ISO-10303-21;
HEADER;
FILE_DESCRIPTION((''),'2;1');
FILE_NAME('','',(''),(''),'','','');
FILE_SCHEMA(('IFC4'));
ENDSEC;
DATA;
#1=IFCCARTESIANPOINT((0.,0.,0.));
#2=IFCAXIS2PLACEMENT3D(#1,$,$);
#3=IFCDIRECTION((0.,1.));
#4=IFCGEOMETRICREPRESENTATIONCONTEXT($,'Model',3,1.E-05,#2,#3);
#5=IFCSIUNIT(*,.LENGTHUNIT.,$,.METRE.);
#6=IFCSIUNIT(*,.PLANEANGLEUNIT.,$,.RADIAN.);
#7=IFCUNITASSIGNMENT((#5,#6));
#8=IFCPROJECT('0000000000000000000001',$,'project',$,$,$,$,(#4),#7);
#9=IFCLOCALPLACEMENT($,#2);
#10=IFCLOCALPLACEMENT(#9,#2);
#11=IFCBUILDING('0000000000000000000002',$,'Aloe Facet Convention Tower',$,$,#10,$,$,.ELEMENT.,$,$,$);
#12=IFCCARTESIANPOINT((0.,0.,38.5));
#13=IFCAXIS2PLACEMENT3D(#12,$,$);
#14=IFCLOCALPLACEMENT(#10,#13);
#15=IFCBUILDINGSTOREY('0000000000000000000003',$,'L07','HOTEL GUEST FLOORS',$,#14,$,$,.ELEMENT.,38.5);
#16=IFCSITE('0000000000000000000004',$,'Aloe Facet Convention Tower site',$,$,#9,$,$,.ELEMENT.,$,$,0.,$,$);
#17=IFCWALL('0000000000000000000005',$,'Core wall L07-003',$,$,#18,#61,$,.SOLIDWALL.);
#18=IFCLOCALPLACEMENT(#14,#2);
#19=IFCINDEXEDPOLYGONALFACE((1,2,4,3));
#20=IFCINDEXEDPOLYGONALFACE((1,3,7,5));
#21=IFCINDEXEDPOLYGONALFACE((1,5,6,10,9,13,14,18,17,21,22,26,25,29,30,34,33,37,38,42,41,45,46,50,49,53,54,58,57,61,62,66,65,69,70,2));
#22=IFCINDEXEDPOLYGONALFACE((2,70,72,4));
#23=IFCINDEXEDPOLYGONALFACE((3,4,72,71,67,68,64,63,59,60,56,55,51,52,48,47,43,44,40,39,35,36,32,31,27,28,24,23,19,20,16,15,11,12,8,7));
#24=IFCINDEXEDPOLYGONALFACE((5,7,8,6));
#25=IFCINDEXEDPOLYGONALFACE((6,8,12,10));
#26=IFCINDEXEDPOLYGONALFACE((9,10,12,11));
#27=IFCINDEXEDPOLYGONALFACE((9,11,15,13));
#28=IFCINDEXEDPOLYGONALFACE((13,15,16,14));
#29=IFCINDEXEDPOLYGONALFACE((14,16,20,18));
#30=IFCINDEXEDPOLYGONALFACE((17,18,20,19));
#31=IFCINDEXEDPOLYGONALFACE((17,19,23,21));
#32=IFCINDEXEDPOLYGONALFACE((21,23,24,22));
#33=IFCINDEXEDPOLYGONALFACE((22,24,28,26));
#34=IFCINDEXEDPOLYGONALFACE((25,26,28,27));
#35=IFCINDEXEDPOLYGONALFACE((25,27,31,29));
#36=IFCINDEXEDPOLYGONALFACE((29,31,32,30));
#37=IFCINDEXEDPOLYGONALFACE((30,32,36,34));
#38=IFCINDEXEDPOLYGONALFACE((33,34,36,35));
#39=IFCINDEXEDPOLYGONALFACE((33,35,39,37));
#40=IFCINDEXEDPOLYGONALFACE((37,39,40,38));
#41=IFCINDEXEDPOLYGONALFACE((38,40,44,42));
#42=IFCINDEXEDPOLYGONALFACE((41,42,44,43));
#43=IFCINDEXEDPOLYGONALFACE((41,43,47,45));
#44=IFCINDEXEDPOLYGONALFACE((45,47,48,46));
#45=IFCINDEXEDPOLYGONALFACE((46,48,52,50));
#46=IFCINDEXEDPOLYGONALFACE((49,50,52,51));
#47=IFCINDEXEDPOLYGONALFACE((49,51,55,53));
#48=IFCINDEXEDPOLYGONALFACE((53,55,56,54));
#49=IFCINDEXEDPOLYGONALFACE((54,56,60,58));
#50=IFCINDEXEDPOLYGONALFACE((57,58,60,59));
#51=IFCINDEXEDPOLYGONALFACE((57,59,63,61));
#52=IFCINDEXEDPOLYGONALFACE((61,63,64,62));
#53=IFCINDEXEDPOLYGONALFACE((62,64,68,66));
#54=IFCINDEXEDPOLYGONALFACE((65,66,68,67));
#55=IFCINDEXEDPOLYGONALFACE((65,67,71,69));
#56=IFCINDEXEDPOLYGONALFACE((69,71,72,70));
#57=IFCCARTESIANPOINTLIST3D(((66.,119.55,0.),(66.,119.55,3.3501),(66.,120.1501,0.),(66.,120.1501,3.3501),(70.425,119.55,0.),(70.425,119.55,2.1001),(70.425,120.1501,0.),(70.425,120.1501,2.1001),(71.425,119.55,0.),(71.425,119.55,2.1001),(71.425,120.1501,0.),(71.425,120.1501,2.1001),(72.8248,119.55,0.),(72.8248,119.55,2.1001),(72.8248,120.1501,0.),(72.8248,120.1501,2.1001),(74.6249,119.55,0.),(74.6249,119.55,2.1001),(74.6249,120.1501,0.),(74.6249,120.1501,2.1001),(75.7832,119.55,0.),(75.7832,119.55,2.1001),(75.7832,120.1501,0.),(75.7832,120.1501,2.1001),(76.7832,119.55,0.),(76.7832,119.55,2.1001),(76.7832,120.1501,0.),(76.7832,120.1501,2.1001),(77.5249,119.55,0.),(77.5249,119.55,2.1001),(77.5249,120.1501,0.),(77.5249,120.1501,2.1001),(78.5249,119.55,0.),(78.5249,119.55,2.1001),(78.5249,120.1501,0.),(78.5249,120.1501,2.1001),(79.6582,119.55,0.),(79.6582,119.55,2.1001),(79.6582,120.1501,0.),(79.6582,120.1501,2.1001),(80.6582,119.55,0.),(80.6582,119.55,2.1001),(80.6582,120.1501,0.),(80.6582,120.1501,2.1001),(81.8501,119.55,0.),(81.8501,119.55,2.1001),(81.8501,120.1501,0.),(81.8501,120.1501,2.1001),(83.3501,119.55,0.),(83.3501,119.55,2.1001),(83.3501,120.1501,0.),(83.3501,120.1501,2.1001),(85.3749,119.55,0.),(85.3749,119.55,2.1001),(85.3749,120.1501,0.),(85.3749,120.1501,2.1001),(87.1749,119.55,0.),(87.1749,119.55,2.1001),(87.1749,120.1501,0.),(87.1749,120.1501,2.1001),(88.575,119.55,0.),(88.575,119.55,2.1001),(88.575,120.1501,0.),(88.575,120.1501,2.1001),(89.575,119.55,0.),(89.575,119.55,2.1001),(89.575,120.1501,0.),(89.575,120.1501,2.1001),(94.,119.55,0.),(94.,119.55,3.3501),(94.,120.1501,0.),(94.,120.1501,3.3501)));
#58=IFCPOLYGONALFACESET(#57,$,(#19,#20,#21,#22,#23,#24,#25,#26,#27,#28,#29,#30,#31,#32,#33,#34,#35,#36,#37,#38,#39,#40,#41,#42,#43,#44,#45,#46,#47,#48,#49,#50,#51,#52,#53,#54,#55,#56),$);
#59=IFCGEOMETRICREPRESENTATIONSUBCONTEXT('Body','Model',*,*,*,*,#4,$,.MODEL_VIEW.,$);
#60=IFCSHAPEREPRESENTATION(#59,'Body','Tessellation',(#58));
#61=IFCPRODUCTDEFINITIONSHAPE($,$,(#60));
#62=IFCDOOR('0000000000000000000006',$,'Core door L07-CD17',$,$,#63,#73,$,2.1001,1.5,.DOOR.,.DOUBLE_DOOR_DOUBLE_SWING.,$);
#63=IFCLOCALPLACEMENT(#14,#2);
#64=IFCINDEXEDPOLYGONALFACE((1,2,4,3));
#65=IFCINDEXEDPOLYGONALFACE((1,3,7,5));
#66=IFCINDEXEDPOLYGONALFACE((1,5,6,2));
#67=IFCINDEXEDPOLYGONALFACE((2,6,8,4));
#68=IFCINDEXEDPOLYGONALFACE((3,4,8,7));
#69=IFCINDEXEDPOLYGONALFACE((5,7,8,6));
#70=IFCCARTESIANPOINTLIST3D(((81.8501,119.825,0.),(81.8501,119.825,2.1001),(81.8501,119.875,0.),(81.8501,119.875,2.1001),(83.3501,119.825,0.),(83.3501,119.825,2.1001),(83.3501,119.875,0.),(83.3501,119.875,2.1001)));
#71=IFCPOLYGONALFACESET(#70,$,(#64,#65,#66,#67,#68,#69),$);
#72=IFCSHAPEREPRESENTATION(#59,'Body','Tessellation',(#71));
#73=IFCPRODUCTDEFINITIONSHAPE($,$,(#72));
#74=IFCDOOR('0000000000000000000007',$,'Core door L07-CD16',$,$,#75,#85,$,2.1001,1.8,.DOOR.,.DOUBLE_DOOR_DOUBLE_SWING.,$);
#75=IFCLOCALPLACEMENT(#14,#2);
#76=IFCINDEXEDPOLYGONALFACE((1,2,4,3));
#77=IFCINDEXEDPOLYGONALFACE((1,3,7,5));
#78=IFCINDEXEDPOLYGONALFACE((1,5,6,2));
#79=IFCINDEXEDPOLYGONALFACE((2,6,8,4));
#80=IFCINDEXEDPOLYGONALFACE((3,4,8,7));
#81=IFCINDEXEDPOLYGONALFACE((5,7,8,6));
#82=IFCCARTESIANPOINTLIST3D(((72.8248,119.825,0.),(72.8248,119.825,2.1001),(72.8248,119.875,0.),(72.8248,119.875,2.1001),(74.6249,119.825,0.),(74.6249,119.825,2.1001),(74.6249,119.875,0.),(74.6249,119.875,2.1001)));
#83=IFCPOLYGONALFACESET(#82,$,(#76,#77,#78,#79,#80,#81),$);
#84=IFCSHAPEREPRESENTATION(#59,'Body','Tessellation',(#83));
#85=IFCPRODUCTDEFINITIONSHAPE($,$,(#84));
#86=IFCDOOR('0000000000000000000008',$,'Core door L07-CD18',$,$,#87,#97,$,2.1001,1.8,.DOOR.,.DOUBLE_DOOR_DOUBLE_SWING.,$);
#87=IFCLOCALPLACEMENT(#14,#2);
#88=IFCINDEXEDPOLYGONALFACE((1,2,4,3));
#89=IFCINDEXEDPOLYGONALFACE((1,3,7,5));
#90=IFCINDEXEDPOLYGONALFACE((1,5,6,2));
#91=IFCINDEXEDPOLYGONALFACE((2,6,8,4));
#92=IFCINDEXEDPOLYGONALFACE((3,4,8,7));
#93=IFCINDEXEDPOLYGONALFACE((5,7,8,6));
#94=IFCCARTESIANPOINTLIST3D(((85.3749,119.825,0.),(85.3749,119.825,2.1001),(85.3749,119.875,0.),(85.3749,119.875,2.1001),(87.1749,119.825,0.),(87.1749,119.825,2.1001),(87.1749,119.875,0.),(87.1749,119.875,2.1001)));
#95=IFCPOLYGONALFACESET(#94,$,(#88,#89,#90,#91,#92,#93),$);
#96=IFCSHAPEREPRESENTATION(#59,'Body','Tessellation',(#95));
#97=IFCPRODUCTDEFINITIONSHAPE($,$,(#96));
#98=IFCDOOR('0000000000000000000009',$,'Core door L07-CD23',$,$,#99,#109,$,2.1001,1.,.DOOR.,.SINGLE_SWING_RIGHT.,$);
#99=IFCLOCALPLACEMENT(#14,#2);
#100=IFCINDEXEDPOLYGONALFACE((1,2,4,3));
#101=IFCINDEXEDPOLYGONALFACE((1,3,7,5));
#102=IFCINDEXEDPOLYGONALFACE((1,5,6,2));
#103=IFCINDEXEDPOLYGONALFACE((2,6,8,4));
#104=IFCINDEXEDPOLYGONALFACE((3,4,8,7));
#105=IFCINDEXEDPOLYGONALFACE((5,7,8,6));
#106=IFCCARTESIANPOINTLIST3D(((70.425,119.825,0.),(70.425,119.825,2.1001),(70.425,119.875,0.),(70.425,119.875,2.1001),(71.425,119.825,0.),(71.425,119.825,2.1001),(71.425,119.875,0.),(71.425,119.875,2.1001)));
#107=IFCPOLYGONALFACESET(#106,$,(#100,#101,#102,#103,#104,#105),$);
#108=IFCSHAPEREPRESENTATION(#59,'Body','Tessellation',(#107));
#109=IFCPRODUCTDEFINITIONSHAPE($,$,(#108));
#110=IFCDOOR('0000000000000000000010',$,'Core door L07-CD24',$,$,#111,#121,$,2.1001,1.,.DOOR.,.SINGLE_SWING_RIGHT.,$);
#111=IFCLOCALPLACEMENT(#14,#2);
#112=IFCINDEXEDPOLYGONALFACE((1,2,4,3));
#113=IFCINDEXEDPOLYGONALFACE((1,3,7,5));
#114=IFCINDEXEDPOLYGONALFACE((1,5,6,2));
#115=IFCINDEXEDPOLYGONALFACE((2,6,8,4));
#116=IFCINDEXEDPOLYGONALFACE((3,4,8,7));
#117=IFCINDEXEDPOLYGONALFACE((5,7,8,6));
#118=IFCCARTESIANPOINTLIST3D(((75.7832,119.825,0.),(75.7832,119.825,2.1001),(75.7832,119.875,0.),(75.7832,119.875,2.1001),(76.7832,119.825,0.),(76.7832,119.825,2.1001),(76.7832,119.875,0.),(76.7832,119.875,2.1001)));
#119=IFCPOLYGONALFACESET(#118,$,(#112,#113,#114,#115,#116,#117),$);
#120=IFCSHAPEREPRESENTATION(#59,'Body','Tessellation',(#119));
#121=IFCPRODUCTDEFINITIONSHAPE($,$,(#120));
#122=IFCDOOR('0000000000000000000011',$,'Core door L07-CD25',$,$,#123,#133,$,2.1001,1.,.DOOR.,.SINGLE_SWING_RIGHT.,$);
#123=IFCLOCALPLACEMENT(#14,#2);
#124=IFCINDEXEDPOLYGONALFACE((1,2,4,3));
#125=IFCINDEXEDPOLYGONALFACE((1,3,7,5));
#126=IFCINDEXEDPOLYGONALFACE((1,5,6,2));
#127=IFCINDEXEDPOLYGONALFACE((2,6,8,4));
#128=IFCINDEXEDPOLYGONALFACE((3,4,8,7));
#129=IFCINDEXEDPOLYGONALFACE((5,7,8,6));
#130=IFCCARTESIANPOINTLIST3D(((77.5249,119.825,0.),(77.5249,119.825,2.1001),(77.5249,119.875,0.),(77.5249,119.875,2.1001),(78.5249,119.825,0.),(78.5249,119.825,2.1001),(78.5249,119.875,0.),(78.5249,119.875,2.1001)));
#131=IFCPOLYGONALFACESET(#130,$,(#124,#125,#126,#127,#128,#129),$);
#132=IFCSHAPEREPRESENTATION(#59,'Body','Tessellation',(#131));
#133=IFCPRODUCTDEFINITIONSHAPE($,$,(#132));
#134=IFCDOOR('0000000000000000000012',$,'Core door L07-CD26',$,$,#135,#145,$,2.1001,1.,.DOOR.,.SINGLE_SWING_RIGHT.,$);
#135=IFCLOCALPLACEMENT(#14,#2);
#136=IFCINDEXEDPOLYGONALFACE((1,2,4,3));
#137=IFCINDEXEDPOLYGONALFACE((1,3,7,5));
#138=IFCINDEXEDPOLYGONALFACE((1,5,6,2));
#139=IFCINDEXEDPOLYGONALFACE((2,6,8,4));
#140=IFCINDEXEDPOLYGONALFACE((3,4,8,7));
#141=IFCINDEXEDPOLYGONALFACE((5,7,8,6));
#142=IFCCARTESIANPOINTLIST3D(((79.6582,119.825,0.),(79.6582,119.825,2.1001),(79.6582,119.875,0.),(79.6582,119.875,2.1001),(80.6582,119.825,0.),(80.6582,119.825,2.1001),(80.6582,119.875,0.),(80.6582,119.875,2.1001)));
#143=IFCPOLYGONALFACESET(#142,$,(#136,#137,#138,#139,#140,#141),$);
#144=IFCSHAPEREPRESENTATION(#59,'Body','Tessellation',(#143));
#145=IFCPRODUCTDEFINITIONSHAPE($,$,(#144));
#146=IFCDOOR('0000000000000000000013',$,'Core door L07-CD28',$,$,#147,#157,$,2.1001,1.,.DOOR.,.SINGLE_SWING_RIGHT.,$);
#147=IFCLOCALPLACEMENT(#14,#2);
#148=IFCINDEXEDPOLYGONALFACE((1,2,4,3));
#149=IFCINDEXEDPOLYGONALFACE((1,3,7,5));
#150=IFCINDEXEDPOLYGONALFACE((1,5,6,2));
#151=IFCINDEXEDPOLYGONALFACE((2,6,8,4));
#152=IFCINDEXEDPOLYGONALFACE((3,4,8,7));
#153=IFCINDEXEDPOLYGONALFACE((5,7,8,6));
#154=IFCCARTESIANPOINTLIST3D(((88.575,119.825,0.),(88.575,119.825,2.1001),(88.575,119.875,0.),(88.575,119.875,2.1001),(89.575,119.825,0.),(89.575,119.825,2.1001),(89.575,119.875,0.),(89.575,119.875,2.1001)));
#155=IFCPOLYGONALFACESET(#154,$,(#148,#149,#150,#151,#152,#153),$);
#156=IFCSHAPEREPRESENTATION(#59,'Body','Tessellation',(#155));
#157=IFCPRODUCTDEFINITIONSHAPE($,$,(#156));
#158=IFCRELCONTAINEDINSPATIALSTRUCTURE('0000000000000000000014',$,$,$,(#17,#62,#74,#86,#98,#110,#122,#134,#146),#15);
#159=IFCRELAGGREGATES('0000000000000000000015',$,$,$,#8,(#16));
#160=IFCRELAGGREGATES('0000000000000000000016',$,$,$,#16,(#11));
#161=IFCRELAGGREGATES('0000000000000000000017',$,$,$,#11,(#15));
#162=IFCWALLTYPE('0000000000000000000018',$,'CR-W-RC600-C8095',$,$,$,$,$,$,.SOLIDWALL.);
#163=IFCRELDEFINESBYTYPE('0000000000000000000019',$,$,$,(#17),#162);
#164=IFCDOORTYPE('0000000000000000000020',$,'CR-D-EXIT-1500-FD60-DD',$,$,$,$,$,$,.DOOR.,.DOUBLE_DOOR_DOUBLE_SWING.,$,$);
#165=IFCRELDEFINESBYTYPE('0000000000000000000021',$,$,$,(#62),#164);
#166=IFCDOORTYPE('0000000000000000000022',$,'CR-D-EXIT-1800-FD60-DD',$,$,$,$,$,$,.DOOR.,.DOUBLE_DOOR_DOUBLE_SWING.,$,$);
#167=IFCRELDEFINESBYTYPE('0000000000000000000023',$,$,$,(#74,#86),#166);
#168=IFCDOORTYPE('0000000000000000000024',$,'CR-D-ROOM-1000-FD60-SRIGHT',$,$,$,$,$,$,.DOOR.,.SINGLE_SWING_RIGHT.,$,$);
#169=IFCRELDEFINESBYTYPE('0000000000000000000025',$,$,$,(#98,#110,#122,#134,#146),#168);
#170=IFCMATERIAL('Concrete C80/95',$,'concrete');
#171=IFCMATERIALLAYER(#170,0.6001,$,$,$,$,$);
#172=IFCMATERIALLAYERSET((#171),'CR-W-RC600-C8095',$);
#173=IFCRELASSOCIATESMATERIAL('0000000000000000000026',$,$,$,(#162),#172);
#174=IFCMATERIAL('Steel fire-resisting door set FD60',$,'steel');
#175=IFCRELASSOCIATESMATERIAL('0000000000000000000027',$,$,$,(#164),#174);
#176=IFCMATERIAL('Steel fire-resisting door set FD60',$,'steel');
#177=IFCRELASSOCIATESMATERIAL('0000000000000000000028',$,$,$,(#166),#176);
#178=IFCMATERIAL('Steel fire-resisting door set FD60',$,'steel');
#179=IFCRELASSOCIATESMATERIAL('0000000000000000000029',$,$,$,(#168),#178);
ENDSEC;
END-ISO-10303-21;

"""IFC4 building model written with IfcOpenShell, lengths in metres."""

from ifc_helpers import new_model, si_unit, direction, frame, frame_2d, origin, place, context, subcontext, project, spatial, rectangle, extrude, material, layer, layer_set, type_object, element, fill, save


model = new_model("IFC4")

# Units and contexts
model_context = context("Model", 3, precision=1e-05, world=origin(), true_north=direction((0.0, 1.0)))
body_context = subcontext(model_context, "Body", "Model", "MODEL_VIEW")
ifc_project = project(units=[si_unit("LENGTHUNIT", "METRE"), si_unit("PLANEANGLEUNIT", "RADIAN")], contexts=[model_context])

# Site, building, storey
site_placement = place(None, origin())
site = spatial("IfcSite", under=ifc_project, at=site_placement, Name="Aloe Facet Convention Tower site", CompositionType="ELEMENT", RefElevation=0.0)
building_placement = place(site_placement, origin())
building = spatial("IfcBuilding", under=site, at=building_placement, Name="Aloe Facet Convention Tower", CompositionType="ELEMENT")
storey_placement = place(building_placement, frame((0.0, 0.0, 38.5)))
storey = spatial("IfcBuildingStorey", under=building, at=storey_placement, Name="L07", Description="HOTEL GUEST FLOORS", CompositionType="ELEMENT", Elevation=38.5)

# Shared definitions
ifc_material_1 = material(Name="Concrete C80/95", Category="concrete")
ifc_layer_1 = layer(ifc_material_1, 0.6001)
ifc_layer_set_1 = layer_set([ifc_layer_1], Name="CR-W-RC600-C8095")
wall_type_1 = type_object("IfcWallType", Name="CR-W-RC600-C8095", PredefinedType="SOLIDWALL", material=ifc_layer_set_1)

# Wall, openings, doors
wall_1_placement = place(storey_placement, frame((66.0, 119.8501, 0.0), z_axis=(0.0, 0.0, 1.0), x_axis=(1.0, 0.0, 0.0)))
wall_1 = element("IfcWall", 1, at=wall_1_placement, inside=storey, type_object=wall_type_1, Name="Core wall L07-003", PredefinedType="SOLIDWALL", context=body_context, shape_type="SweptSolid", body=[
    extrude(rectangle(XDim=28.0, YDim=0.6001, at=frame_2d((14.0, 0.0))), origin(), (0.0, 0.0, 1.0), 3.3501),
])
opening_1_placement = place(wall_1_placement, frame((6.825, 0.0, 0.0)))
opening_1 = element("IfcOpeningElement", 2, at=opening_1_placement, cuts=wall_1, PredefinedType="OPENING", context=body_context, shape_type="SweptSolid", body=[
    extrude(rectangle(XDim=1.8, YDim=2.1001, at=frame_2d((0.8999, 1.05))), frame((0.0, 0.3101, 0.0), z_axis=(0.0, -1.0, 0.0), x_axis=(1.0, 0.0, 0.0)), (0.0, 0.0, 1.0), 0.6201),
])
opening_2_placement = place(wall_1_placement, frame((15.8501, 0.0, 0.0)))
opening_2 = element("IfcOpeningElement", 3, at=opening_2_placement, cuts=wall_1, PredefinedType="OPENING", context=body_context, shape_type="SweptSolid", body=[
    extrude(rectangle(XDim=1.5, YDim=2.1001, at=frame_2d((0.75, 1.05))), frame((0.0, 0.3101, 0.0), z_axis=(0.0, -1.0, 0.0), x_axis=(1.0, 0.0, 0.0)), (0.0, 0.0, 1.0), 0.6201),
])
opening_3_placement = place(wall_1_placement, frame((19.375, 0.0, 0.0)))
opening_3 = element("IfcOpeningElement", 4, at=opening_3_placement, cuts=wall_1, PredefinedType="OPENING", context=body_context, shape_type="SweptSolid", body=[
    extrude(rectangle(XDim=1.8, YDim=2.1001, at=frame_2d((0.8999, 1.05))), frame((0.0, 0.3101, 0.0), z_axis=(0.0, -1.0, 0.0), x_axis=(1.0, 0.0, 0.0)), (0.0, 0.0, 1.0), 0.6201),
])
opening_4_placement = place(wall_1_placement, frame((4.425, 0.0, 0.0)))
opening_4 = element("IfcOpeningElement", 5, at=opening_4_placement, cuts=wall_1, PredefinedType="OPENING", context=body_context, shape_type="SweptSolid", body=[
    extrude(rectangle(XDim=1.0, YDim=2.1001, at=frame_2d((0.5, 1.05))), frame((0.0, 0.3101, 0.0), z_axis=(0.0, -1.0, 0.0), x_axis=(1.0, 0.0, 0.0)), (0.0, 0.0, 1.0), 0.6201),
])
opening_5_placement = place(wall_1_placement, frame((9.7832, 0.0, 0.0)))
opening_5 = element("IfcOpeningElement", 6, at=opening_5_placement, cuts=wall_1, PredefinedType="OPENING", context=body_context, shape_type="SweptSolid", body=[
    extrude(rectangle(XDim=1.0, YDim=2.1001, at=frame_2d((0.5, 1.05))), frame((0.0, 0.3101, 0.0), z_axis=(0.0, -1.0, 0.0), x_axis=(1.0, 0.0, 0.0)), (0.0, 0.0, 1.0), 0.6201),
])
opening_6_placement = place(wall_1_placement, frame((11.5249, 0.0, 0.0)))
opening_6 = element("IfcOpeningElement", 7, at=opening_6_placement, cuts=wall_1, PredefinedType="OPENING", context=body_context, shape_type="SweptSolid", body=[
    extrude(rectangle(XDim=1.0, YDim=2.1001, at=frame_2d((0.5, 1.05))), frame((0.0, 0.3101, 0.0), z_axis=(0.0, -1.0, 0.0), x_axis=(1.0, 0.0, 0.0)), (0.0, 0.0, 1.0), 0.6201),
])
opening_7_placement = place(wall_1_placement, frame((13.6582, 0.0, 0.0)))
opening_7 = element("IfcOpeningElement", 8, at=opening_7_placement, cuts=wall_1, PredefinedType="OPENING", context=body_context, shape_type="SweptSolid", body=[
    extrude(rectangle(XDim=1.0, YDim=2.1001, at=frame_2d((0.5, 1.05))), frame((0.0, 0.3101, 0.0), z_axis=(0.0, -1.0, 0.0), x_axis=(1.0, 0.0, 0.0)), (0.0, 0.0, 1.0), 0.6201),
])
opening_8_placement = place(wall_1_placement, frame((22.575, 0.0, 0.0)))
opening_8 = element("IfcOpeningElement", 9, at=opening_8_placement, cuts=wall_1, PredefinedType="OPENING", context=body_context, shape_type="SweptSolid", body=[
    extrude(rectangle(XDim=1.0, YDim=2.1001, at=frame_2d((0.5, 1.05))), frame((0.0, 0.3101, 0.0), z_axis=(0.0, -1.0, 0.0), x_axis=(1.0, 0.0, 0.0)), (0.0, 0.0, 1.0), 0.6201),
])
ifc_material_2 = material(Name="Steel fire-resisting door set FD60", Category="steel")
door_type_1 = type_object("IfcDoorType", Name="CR-D-EXIT-1500-FD60-DD", OperationType="DOUBLE_DOOR_DOUBLE_SWING", PredefinedType="DOOR", material=ifc_material_2)
door_1_placement = place(opening_2_placement, origin())
door_1 = element("IfcDoor", 10, at=door_1_placement, inside=storey, type_object=door_type_1, Name="Core door L07-CD17", OperationType="DOUBLE_DOOR_DOUBLE_SWING", OverallHeight=2.1001, OverallWidth=1.5, PredefinedType="DOOR", context=body_context, shape_type="SweptSolid", body=[
    extrude(rectangle(XDim=1.5, YDim=2.1001, at=frame_2d((0.75, 1.05))), frame((0.0, 0.0249, 0.0), z_axis=(0.0, -1.0, 0.0), x_axis=(1.0, 0.0, 0.0)), (0.0, 0.0, 1.0), 0.05),
])
fill(opening_2, door_1)
ifc_material_3 = material(Name="Steel fire-resisting door set FD60", Category="steel")
door_type_2 = type_object("IfcDoorType", Name="CR-D-EXIT-1800-FD60-DD", OperationType="DOUBLE_DOOR_DOUBLE_SWING", PredefinedType="DOOR", material=ifc_material_3)
door_2_placement = place(opening_1_placement, origin())
door_2 = element("IfcDoor", 11, at=door_2_placement, inside=storey, type_object=door_type_2, Name="Core door L07-CD16", OperationType="DOUBLE_DOOR_DOUBLE_SWING", OverallHeight=2.1001, OverallWidth=1.8, PredefinedType="DOOR", context=body_context, shape_type="SweptSolid", body=[
    extrude(rectangle(XDim=1.8, YDim=2.1001, at=frame_2d((0.8999, 1.05))), frame((0.0, 0.0249, 0.0), z_axis=(0.0, -1.0, 0.0), x_axis=(1.0, 0.0, 0.0)), (0.0, 0.0, 1.0), 0.05),
])
fill(opening_1, door_2)
door_3_placement = place(opening_3_placement, origin())
door_3 = element("IfcDoor", 12, at=door_3_placement, inside=storey, type_object=door_type_2, Name="Core door L07-CD18", OperationType="DOUBLE_DOOR_DOUBLE_SWING", OverallHeight=2.1001, OverallWidth=1.8, PredefinedType="DOOR", context=body_context, shape_type="SweptSolid", body=[
    extrude(rectangle(XDim=1.8, YDim=2.1001, at=frame_2d((0.8999, 1.05))), frame((0.0, 0.0249, 0.0), z_axis=(0.0, -1.0, 0.0), x_axis=(1.0, 0.0, 0.0)), (0.0, 0.0, 1.0), 0.05),
])
fill(opening_3, door_3)
ifc_material_4 = material(Name="Steel fire-resisting door set FD60", Category="steel")
door_type_3 = type_object("IfcDoorType", Name="CR-D-ROOM-1000-FD60-SRIGHT", OperationType="SINGLE_SWING_RIGHT", PredefinedType="DOOR", material=ifc_material_4)
door_4_placement = place(opening_4_placement, origin())
door_4 = element("IfcDoor", 13, at=door_4_placement, inside=storey, type_object=door_type_3, Name="Core door L07-CD23", OperationType="SINGLE_SWING_RIGHT", OverallHeight=2.1001, OverallWidth=1.0, PredefinedType="DOOR", context=body_context, shape_type="SweptSolid", body=[
    extrude(rectangle(XDim=1.0, YDim=2.1001, at=frame_2d((0.5, 1.05))), frame((0.0, 0.0249, 0.0), z_axis=(0.0, -1.0, 0.0), x_axis=(1.0, 0.0, 0.0)), (0.0, 0.0, 1.0), 0.05),
])
fill(opening_4, door_4)
door_5_placement = place(opening_5_placement, origin())
door_5 = element("IfcDoor", 14, at=door_5_placement, inside=storey, type_object=door_type_3, Name="Core door L07-CD24", OperationType="SINGLE_SWING_RIGHT", OverallHeight=2.1001, OverallWidth=1.0, PredefinedType="DOOR", context=body_context, shape_type="SweptSolid", body=[
    extrude(rectangle(XDim=1.0, YDim=2.1001, at=frame_2d((0.5, 1.05))), frame((0.0, 0.0249, 0.0), z_axis=(0.0, -1.0, 0.0), x_axis=(1.0, 0.0, 0.0)), (0.0, 0.0, 1.0), 0.05),
])
fill(opening_5, door_5)
door_6_placement = place(opening_6_placement, origin())
door_6 = element("IfcDoor", 15, at=door_6_placement, inside=storey, type_object=door_type_3, Name="Core door L07-CD25", OperationType="SINGLE_SWING_RIGHT", OverallHeight=2.1001, OverallWidth=1.0, PredefinedType="DOOR", context=body_context, shape_type="SweptSolid", body=[
    extrude(rectangle(XDim=1.0, YDim=2.1001, at=frame_2d((0.5, 1.05))), frame((0.0, 0.0249, 0.0), z_axis=(0.0, -1.0, 0.0), x_axis=(1.0, 0.0, 0.0)), (0.0, 0.0, 1.0), 0.05),
])
fill(opening_6, door_6)
door_7_placement = place(opening_7_placement, origin())
door_7 = element("IfcDoor", 16, at=door_7_placement, inside=storey, type_object=door_type_3, Name="Core door L07-CD26", OperationType="SINGLE_SWING_RIGHT", OverallHeight=2.1001, OverallWidth=1.0, PredefinedType="DOOR", context=body_context, shape_type="SweptSolid", body=[
    extrude(rectangle(XDim=1.0, YDim=2.1001, at=frame_2d((0.5, 1.05))), frame((0.0, 0.0249, 0.0), z_axis=(0.0, -1.0, 0.0), x_axis=(1.0, 0.0, 0.0)), (0.0, 0.0, 1.0), 0.05),
])
fill(opening_7, door_7)
door_8_placement = place(opening_8_placement, origin())
door_8 = element("IfcDoor", 17, at=door_8_placement, inside=storey, type_object=door_type_3, Name="Core door L07-CD28", OperationType="SINGLE_SWING_RIGHT", OverallHeight=2.1001, OverallWidth=1.0, PredefinedType="DOOR", context=body_context, shape_type="SweptSolid", body=[
    extrude(rectangle(XDim=1.0, YDim=2.1001, at=frame_2d((0.5, 1.05))), frame((0.0, 0.0249, 0.0), z_axis=(0.0, -1.0, 0.0), x_axis=(1.0, 0.0, 0.0)), (0.0, 0.0, 1.0), 0.05),
])
fill(opening_8, door_8)

save(model, "model.ifc")
